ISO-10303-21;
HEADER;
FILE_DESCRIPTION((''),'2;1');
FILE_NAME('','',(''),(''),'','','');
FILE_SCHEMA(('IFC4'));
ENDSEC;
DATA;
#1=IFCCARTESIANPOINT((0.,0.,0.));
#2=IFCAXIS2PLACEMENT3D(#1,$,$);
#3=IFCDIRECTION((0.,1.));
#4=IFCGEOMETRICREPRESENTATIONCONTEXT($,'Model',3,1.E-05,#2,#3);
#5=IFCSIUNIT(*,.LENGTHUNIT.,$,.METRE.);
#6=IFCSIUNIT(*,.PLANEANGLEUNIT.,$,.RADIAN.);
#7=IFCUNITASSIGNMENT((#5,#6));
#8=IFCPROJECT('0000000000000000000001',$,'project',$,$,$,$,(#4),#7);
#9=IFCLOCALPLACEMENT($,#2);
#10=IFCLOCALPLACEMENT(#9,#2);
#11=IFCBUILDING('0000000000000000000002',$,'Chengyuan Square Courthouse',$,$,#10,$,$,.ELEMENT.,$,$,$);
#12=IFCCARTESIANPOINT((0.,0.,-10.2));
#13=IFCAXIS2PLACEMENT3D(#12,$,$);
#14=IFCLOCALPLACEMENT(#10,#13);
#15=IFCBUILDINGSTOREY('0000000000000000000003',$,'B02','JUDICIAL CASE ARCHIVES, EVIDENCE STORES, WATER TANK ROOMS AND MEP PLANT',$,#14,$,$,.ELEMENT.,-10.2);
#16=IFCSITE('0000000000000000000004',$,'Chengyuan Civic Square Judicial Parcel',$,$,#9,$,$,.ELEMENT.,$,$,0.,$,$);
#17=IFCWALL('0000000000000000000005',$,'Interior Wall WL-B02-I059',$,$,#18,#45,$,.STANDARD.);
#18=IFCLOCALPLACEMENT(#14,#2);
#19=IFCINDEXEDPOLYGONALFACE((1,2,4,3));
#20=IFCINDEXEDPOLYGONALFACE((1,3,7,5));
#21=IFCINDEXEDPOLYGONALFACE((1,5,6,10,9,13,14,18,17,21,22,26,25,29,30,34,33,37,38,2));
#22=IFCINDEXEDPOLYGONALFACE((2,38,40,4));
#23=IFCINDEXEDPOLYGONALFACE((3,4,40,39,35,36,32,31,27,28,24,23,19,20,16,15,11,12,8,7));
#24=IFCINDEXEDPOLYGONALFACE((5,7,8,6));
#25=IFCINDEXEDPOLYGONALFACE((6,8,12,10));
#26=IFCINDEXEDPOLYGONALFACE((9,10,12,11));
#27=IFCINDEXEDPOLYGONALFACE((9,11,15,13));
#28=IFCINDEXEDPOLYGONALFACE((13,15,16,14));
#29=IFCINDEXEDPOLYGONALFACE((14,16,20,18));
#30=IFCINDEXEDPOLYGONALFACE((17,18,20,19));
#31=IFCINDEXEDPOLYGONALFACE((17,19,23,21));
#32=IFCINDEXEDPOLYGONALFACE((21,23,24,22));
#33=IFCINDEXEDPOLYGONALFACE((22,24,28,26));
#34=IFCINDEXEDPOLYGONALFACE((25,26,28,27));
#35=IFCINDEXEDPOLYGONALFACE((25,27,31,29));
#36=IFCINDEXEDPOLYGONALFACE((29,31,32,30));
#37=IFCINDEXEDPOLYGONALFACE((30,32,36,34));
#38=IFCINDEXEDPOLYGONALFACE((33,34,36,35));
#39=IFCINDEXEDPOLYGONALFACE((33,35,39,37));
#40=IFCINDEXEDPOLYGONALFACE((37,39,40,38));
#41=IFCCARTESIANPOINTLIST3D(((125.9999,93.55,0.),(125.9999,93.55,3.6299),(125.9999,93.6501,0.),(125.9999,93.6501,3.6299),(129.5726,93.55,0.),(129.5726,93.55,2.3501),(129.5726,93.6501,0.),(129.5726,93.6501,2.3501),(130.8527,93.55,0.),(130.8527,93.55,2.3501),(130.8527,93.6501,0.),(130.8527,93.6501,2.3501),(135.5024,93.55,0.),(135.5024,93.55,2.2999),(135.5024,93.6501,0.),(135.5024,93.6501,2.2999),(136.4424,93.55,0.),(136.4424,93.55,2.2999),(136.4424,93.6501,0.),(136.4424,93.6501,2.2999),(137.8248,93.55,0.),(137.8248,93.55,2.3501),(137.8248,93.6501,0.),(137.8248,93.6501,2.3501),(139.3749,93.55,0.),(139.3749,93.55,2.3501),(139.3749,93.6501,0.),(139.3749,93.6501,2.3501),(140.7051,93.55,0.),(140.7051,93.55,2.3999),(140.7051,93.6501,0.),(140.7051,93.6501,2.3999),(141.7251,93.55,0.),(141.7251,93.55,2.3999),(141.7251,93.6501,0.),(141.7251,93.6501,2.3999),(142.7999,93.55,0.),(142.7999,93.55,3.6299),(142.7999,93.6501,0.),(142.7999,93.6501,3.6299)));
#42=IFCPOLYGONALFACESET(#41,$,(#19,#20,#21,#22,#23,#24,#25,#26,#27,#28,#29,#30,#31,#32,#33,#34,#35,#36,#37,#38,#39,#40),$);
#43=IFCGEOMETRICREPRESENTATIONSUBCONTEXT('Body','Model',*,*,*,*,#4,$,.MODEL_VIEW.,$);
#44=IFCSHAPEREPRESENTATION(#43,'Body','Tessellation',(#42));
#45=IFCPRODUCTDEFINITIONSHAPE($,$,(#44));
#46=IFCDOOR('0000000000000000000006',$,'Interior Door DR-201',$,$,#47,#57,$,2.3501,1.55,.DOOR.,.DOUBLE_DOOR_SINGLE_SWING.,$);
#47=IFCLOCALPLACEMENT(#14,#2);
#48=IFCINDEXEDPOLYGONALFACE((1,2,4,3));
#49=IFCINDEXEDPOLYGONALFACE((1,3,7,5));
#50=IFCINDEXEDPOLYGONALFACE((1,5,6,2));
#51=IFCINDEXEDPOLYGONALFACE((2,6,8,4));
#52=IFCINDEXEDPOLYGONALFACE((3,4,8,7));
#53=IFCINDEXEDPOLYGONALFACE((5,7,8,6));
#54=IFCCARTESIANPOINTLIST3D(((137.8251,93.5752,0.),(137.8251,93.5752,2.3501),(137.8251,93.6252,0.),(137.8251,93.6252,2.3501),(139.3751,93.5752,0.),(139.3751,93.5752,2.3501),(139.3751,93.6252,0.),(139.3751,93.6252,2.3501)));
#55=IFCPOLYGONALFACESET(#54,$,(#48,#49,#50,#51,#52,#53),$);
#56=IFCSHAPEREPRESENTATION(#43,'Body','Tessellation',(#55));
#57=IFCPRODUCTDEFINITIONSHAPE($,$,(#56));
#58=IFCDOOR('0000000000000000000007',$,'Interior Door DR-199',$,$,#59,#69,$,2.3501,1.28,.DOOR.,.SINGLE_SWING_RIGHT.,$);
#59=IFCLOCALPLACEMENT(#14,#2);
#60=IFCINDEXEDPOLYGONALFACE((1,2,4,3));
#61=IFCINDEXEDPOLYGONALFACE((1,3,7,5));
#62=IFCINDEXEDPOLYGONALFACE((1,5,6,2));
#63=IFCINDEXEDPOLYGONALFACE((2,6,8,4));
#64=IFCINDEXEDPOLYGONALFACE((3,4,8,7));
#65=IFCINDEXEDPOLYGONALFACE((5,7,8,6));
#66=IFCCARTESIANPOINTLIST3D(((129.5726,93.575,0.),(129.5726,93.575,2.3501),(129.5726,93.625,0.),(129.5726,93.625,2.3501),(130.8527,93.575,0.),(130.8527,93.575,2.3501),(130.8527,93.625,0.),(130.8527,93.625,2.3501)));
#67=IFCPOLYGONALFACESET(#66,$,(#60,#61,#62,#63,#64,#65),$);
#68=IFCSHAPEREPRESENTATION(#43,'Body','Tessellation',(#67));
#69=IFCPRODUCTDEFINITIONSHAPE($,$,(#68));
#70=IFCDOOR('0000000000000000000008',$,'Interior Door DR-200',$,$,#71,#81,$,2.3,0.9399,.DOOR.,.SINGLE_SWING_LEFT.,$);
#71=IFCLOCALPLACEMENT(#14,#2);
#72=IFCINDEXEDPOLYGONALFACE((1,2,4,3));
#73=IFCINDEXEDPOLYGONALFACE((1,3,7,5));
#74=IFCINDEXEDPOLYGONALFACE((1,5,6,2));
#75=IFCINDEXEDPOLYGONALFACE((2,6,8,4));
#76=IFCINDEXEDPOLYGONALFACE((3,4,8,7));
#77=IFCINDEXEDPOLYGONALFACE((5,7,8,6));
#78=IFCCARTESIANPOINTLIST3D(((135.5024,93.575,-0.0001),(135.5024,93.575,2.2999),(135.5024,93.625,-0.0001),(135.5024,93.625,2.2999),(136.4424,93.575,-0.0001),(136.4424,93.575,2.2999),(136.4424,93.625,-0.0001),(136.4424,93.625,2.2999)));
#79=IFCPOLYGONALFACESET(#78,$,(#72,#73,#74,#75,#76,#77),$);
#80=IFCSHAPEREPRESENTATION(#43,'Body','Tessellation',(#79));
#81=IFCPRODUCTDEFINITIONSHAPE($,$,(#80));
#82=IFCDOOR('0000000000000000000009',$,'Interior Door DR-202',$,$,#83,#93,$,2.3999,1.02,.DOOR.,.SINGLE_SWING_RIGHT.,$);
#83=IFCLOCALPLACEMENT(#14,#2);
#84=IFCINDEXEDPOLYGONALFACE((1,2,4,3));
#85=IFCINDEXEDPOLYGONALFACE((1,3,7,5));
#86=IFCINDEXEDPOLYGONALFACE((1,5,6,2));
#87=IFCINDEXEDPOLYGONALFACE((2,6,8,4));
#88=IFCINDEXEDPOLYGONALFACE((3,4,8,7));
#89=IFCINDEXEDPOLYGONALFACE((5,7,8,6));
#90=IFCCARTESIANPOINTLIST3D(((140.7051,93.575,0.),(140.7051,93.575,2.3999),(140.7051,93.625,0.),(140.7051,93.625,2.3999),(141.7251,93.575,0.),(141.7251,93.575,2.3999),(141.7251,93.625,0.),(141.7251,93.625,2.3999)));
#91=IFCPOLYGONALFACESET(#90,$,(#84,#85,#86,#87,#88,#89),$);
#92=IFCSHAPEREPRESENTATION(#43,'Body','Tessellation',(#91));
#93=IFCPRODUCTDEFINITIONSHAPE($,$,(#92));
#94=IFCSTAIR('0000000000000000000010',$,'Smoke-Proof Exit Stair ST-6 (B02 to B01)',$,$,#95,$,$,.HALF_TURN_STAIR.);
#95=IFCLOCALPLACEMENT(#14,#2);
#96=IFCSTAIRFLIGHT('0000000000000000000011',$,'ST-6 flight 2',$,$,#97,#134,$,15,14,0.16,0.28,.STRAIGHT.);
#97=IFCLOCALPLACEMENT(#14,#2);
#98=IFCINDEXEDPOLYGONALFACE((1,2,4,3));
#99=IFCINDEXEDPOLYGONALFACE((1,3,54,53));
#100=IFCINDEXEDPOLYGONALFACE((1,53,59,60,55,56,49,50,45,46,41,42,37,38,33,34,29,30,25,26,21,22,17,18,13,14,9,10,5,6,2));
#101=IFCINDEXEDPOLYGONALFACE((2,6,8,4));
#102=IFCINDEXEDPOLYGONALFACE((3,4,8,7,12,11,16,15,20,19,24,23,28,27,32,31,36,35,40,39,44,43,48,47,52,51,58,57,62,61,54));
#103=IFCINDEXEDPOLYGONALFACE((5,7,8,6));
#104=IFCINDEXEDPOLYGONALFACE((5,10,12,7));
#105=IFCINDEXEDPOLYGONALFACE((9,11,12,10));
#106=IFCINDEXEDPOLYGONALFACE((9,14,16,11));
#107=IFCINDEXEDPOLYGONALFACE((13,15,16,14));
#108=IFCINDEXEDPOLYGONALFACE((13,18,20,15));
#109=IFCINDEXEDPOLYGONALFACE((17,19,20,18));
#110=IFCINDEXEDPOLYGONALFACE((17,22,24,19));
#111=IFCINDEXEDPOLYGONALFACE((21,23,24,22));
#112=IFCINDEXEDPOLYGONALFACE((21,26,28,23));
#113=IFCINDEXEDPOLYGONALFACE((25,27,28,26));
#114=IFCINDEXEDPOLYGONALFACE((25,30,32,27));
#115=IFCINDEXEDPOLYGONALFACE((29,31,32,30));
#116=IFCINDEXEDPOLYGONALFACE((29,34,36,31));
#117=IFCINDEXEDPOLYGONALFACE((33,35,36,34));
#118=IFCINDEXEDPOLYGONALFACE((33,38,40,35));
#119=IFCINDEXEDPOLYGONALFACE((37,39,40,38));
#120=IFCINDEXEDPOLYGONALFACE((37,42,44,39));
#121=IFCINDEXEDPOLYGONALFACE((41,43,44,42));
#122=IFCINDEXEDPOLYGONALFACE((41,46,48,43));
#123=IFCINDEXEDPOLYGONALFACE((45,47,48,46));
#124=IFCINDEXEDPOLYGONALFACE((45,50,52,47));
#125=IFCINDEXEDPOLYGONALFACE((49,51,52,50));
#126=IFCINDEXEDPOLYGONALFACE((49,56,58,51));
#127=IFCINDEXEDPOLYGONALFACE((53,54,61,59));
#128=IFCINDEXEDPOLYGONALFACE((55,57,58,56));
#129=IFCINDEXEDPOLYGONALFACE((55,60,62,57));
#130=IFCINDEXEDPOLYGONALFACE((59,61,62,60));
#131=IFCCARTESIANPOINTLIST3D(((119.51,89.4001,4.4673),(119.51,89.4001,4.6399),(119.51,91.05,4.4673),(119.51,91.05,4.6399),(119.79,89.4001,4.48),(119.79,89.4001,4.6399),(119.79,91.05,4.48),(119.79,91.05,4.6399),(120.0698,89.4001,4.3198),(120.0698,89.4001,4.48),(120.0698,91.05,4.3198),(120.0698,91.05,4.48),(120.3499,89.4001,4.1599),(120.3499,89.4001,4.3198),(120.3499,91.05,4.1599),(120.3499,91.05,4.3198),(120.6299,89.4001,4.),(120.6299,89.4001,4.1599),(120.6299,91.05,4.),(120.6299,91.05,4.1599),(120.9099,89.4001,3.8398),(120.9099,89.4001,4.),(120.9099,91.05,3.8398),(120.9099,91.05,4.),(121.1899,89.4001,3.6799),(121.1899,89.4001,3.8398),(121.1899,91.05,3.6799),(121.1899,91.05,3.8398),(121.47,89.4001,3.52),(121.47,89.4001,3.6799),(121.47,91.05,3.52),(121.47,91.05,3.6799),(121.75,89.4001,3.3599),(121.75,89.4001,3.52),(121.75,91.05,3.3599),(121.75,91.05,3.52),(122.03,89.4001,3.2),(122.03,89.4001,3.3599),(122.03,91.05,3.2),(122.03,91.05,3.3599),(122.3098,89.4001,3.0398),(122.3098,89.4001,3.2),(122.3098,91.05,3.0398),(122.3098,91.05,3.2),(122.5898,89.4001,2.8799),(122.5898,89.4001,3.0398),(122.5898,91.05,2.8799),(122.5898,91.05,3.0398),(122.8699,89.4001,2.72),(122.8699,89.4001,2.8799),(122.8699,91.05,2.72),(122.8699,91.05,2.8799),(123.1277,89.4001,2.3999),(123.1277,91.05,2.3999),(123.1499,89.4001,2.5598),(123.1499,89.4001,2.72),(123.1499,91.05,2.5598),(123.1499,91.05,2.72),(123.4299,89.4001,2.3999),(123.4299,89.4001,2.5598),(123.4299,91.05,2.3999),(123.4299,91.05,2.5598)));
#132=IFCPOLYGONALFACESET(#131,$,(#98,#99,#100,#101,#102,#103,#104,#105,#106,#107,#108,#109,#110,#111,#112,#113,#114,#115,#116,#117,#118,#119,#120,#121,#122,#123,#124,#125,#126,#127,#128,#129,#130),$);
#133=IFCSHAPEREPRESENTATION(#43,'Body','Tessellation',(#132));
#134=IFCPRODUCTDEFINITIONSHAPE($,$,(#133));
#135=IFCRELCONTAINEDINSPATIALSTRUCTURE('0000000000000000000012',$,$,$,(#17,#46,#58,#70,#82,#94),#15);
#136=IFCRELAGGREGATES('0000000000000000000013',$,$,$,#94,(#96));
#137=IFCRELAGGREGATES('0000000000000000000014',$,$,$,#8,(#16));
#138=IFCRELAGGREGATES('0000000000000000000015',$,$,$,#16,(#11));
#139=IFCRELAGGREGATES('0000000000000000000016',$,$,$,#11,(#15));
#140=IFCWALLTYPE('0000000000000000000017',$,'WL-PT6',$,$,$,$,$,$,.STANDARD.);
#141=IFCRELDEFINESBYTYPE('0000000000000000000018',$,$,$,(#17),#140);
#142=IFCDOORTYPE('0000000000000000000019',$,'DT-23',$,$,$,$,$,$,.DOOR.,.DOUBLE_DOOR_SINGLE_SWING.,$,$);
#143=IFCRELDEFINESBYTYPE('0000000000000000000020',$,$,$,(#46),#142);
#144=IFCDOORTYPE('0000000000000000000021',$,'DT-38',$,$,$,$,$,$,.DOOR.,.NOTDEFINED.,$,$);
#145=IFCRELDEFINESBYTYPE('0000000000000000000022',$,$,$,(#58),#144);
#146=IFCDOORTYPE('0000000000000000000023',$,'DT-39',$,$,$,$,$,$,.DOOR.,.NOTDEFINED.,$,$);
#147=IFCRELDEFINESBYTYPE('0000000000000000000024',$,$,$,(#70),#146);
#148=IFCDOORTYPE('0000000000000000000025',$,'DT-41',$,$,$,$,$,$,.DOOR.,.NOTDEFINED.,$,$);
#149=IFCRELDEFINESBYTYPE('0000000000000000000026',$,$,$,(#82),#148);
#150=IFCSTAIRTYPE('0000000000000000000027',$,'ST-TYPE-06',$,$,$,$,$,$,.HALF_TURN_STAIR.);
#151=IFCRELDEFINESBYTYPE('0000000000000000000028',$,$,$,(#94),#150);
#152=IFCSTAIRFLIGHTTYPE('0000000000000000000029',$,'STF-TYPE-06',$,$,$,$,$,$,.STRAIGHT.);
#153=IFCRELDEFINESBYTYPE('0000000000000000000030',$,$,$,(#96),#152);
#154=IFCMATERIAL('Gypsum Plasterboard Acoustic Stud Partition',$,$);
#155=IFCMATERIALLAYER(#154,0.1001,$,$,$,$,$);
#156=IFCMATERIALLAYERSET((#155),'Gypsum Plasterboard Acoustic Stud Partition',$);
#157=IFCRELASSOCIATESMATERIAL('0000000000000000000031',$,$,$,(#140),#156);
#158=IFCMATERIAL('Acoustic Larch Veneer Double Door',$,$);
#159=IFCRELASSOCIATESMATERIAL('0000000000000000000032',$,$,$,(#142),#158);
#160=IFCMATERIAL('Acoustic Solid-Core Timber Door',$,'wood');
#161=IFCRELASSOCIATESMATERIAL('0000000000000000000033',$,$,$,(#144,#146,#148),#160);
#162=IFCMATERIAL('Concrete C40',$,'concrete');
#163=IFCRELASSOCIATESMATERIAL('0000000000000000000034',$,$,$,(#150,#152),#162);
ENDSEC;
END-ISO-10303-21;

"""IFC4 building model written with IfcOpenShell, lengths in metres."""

from ifc_helpers import new_model, si_unit, direction, frame, frame_2d, origin, place, context, subcontext, project, spatial, polyline, rectangle, outline, extrude, material, layer, layer_set, type_object, element, fill, aggregate, save


model = new_model("IFC4")

# Units and contexts
model_context = context("Model", 3, precision=1e-05, world=origin(), true_north=direction((0.0, 1.0)))
body_context = subcontext(model_context, "Body", "Model", "MODEL_VIEW")
ifc_project = project(units=[si_unit("LENGTHUNIT", "METRE"), si_unit("PLANEANGLEUNIT", "RADIAN")], contexts=[model_context])

# Site, building, storey
site_placement = place(None, origin())
site = spatial("IfcSite", under=ifc_project, at=site_placement, Name="Chengyuan Civic Square Judicial Parcel", CompositionType="ELEMENT", RefElevation=0.0)
building_placement = place(site_placement, origin())
building = spatial("IfcBuilding", under=site, at=building_placement, Name="Chengyuan Square Courthouse", CompositionType="ELEMENT")
storey_placement = place(building_placement, frame((0.0, 0.0, -10.2)))
storey = spatial("IfcBuildingStorey", under=building, at=storey_placement, Name="B02", Description="JUDICIAL CASE ARCHIVES, EVIDENCE STORES, WATER TANK ROOMS AND MEP PLANT", CompositionType="ELEMENT", Elevation=-10.2)

# Shared definitions
ifc_material_1 = material(Name="Concrete C40", Category="concrete")

# Wall, openings, doors
ifc_material_2 = material(Name="Gypsum Plasterboard Acoustic Stud Partition")
ifc_layer_1 = layer(ifc_material_2, 0.1001)
ifc_layer_set_1 = layer_set([ifc_layer_1], Name="Gypsum Plasterboard Acoustic Stud Partition")
wall_type_1 = type_object("IfcWallType", Name="WL-PT6", PredefinedType="STANDARD", material=ifc_layer_set_1)
wall_1_placement = place(storey_placement, frame((126.0, 93.6001, 0.0), z_axis=(0.0, 0.0, 1.0), x_axis=(1.0, 0.0, 0.0)))
wall_1 = element("IfcWall", 1, at=wall_1_placement, inside=storey, type_object=wall_type_1, Name="Interior Wall WL-B02-I059", PredefinedType="STANDARD", context=body_context, shape_type="SweptSolid", body=[
    extrude(rectangle(XDim=16.8, YDim=0.1001, at=frame_2d((8.3999, 0.0))), origin(), (0.0, 0.0, 1.0), 3.6299),
])
opening_1_placement = place(wall_1_placement, frame((3.5725, 0.0, 0.0)))
opening_1 = element("IfcOpeningElement", 2, at=opening_1_placement, cuts=wall_1, PredefinedType="OPENING", context=body_context, shape_type="SweptSolid", body=[
    extrude(rectangle(XDim=1.28, YDim=2.3501, at=frame_2d((0.6401, 1.175))), frame((0.0, 0.062, 0.0), z_axis=(0.0, -1.0, 0.0), x_axis=(1.0, 0.0, 0.0)), (0.0, 0.0, 1.0), 0.124),
])
opening_2_placement = place(wall_1_placement, frame((9.5024, 0.0, 0.0)))
opening_2 = element("IfcOpeningElement", 3, at=opening_2_placement, cuts=wall_1, PredefinedType="OPENING", context=body_context, shape_type="SweptSolid", body=[
    extrude(rectangle(XDim=0.9399, YDim=2.3, at=frame_2d((0.47, 1.1499))), frame((0.0, 0.062, 0.0), z_axis=(0.0, -1.0, 0.0), x_axis=(1.0, 0.0, 0.0)), (0.0, 0.0, 1.0), 0.124),
])
opening_3_placement = place(wall_1_placement, frame((11.825, 0.0, 0.0)))
opening_3 = element("IfcOpeningElement", 4, at=opening_3_placement, cuts=wall_1, PredefinedType="OPENING", context=body_context, shape_type="SweptSolid", body=[
    extrude(rectangle(XDim=1.55, YDim=2.3501, at=frame_2d((0.7749, 1.175))), frame((0.0, 0.062, 0.0), z_axis=(0.0, -1.0, 0.0), x_axis=(1.0, 0.0, 0.0)), (0.0, 0.0, 1.0), 0.124),
])
opening_4_placement = place(wall_1_placement, frame((14.7051, 0.0, 0.0)))
opening_4 = element("IfcOpeningElement", 5, at=opening_4_placement, cuts=wall_1, PredefinedType="OPENING", context=body_context, shape_type="SweptSolid", body=[
    extrude(rectangle(XDim=1.02, YDim=2.3999, at=frame_2d((0.51, 1.2))), frame((0.0, 0.062, 0.0), z_axis=(0.0, -1.0, 0.0), x_axis=(1.0, 0.0, 0.0)), (0.0, 0.0, 1.0), 0.124),
])
ifc_material_3 = material(Name="Acoustic Larch Veneer Double Door")
door_type_1 = type_object("IfcDoorType", Name="DT-23", OperationType="DOUBLE_DOOR_SINGLE_SWING", PredefinedType="DOOR", material=ifc_material_3)
door_1_placement = place(opening_3_placement, frame((1.55, 0.0, 0.0), z_axis=(0.0, 0.0, 1.0), x_axis=(-1.0, 0.0, 0.0)))
door_1 = element("IfcDoor", 6, at=door_1_placement, inside=storey, type_object=door_type_1, Name="Interior Door DR-201", OperationType="DOUBLE_DOOR_SINGLE_SWING", OverallHeight=2.3501, OverallWidth=1.55, PredefinedType="DOOR", context=body_context, shape_type="SweptSolid", body=[
    extrude(rectangle(XDim=1.55, YDim=2.3501, at=frame_2d((0.7749, 1.175))), frame((0.0, 0.0249, 0.0), z_axis=(0.0, -1.0, 0.0), x_axis=(1.0, 0.0, 0.0)), (0.0, 0.0, 1.0), 0.05),
])
fill(opening_3, door_1)
ifc_material_4 = material(Name="Acoustic Solid-Core Timber Door", Category="wood")
door_type_2 = type_object("IfcDoorType", Name="DT-38", OperationType="NOTDEFINED", PredefinedType="DOOR", material=ifc_material_4)
door_2_placement = place(opening_1_placement, origin())
door_2 = element("IfcDoor", 7, at=door_2_placement, inside=storey, type_object=door_type_2, Name="Interior Door DR-199", OperationType="SINGLE_SWING_RIGHT", OverallHeight=2.3501, OverallWidth=1.28, PredefinedType="DOOR", context=body_context, shape_type="SweptSolid", body=[
    extrude(rectangle(XDim=1.28, YDim=2.3501, at=frame_2d((0.6401, 1.175))), frame((0.0, 0.0249, 0.0), z_axis=(0.0, -1.0, 0.0), x_axis=(1.0, 0.0, 0.0)), (0.0, 0.0, 1.0), 0.05),
])
fill(opening_1, door_2)
door_type_3 = type_object("IfcDoorType", Name="DT-39", OperationType="NOTDEFINED", PredefinedType="DOOR", material=ifc_material_4)
door_3_placement = place(opening_2_placement, origin())
door_3 = element("IfcDoor", 8, at=door_3_placement, inside=storey, type_object=door_type_3, Name="Interior Door DR-200", OperationType="SINGLE_SWING_LEFT", OverallHeight=2.3, OverallWidth=0.9399, PredefinedType="DOOR", context=body_context, shape_type="SweptSolid", body=[
    extrude(rectangle(XDim=0.9399, YDim=2.3, at=frame_2d((0.47, 1.1499))), frame((0.0, 0.0249, 0.0), z_axis=(0.0, -1.0, 0.0), x_axis=(1.0, 0.0, 0.0)), (0.0, 0.0, 1.0), 0.05),
])
fill(opening_2, door_3)
door_type_4 = type_object("IfcDoorType", Name="DT-41", OperationType="NOTDEFINED", PredefinedType="DOOR", material=ifc_material_4)
door_4_placement = place(opening_4_placement, origin())
door_4 = element("IfcDoor", 9, at=door_4_placement, inside=storey, type_object=door_type_4, Name="Interior Door DR-202", OperationType="SINGLE_SWING_RIGHT", OverallHeight=2.3999, OverallWidth=1.02, PredefinedType="DOOR", context=body_context, shape_type="SweptSolid", body=[
    extrude(rectangle(XDim=1.02, YDim=2.3999, at=frame_2d((0.51, 1.2))), frame((0.0, 0.0249, 0.0), z_axis=(0.0, -1.0, 0.0), x_axis=(1.0, 0.0, 0.0)), (0.0, 0.0, 1.0), 0.05),
])
fill(opening_4, door_4)

# Stair, stair flight
stair_type = type_object("IfcStairType", Name="ST-TYPE-06", PredefinedType="HALF_TURN_STAIR", material=ifc_material_1)
stair_placement = place(storey_placement, origin())
stair = element("IfcStair", 10, at=stair_placement, inside=storey, type_object=stair_type, Name="Smoke-Proof Exit Stair ST-6 (B02 to B01)", PredefinedType="HALF_TURN_STAIR")
stair_flight_type = type_object("IfcStairFlightType", Name="STF-TYPE-06", PredefinedType="STRAIGHT", material=ifc_material_1)
stair_flight_placement = place(storey_placement, frame((123.4299, 90.2251, 2.3999), z_axis=(0.0, 0.0, 1.0), x_axis=(-1.0, 0.0, 0.0)))
stair_flight = element("IfcStairFlight", 11, at=stair_flight_placement, type_object=stair_flight_type, Name="ST-6 flight 2", NumberOfRisers=15, NumberOfTreads=14, PredefinedType="STRAIGHT", RiserHeight=0.16, TreadLength=0.28, context=body_context, shape_type="SweptSolid", body=[
    extrude(outline(polyline([(0.0, 0.0), (0.0, 0.1599), (0.28, 0.1599), (0.28, 0.3201), (0.5601, 0.3201), (0.5601, 0.48), (0.8401, 0.48), (0.8401, 0.6399), (1.1201, 0.6399), (1.1201, 0.8), (1.3999, 0.8), (1.3999, 0.96), (1.6799, 0.96), (1.6799, 1.1201), (1.96, 1.1201), (1.96, 1.28), (2.24, 1.28), (2.24, 1.4399), (2.52, 1.4399), (2.52, 1.6001), (2.8, 1.6001), (2.8, 1.76), (3.0801, 1.76), (3.0801, 1.9199), (3.3601, 1.9199), (3.3601, 2.0801), (3.6399, 2.0801), (3.6399, 2.24), (3.9199, 2.24), (3.9199, 2.3999), (3.9199, 2.0674), (0.3022, 0.0), (0.0, 0.0)])), frame((0.0, 0.825, 0.0), z_axis=(0.0, -1.0, 0.0), x_axis=(1.0, 0.0, 0.0)), (0.0, 0.0, 1.0), 1.6499),
])
aggregate(stair, [stair_flight])

save(model, "model.ifc")
